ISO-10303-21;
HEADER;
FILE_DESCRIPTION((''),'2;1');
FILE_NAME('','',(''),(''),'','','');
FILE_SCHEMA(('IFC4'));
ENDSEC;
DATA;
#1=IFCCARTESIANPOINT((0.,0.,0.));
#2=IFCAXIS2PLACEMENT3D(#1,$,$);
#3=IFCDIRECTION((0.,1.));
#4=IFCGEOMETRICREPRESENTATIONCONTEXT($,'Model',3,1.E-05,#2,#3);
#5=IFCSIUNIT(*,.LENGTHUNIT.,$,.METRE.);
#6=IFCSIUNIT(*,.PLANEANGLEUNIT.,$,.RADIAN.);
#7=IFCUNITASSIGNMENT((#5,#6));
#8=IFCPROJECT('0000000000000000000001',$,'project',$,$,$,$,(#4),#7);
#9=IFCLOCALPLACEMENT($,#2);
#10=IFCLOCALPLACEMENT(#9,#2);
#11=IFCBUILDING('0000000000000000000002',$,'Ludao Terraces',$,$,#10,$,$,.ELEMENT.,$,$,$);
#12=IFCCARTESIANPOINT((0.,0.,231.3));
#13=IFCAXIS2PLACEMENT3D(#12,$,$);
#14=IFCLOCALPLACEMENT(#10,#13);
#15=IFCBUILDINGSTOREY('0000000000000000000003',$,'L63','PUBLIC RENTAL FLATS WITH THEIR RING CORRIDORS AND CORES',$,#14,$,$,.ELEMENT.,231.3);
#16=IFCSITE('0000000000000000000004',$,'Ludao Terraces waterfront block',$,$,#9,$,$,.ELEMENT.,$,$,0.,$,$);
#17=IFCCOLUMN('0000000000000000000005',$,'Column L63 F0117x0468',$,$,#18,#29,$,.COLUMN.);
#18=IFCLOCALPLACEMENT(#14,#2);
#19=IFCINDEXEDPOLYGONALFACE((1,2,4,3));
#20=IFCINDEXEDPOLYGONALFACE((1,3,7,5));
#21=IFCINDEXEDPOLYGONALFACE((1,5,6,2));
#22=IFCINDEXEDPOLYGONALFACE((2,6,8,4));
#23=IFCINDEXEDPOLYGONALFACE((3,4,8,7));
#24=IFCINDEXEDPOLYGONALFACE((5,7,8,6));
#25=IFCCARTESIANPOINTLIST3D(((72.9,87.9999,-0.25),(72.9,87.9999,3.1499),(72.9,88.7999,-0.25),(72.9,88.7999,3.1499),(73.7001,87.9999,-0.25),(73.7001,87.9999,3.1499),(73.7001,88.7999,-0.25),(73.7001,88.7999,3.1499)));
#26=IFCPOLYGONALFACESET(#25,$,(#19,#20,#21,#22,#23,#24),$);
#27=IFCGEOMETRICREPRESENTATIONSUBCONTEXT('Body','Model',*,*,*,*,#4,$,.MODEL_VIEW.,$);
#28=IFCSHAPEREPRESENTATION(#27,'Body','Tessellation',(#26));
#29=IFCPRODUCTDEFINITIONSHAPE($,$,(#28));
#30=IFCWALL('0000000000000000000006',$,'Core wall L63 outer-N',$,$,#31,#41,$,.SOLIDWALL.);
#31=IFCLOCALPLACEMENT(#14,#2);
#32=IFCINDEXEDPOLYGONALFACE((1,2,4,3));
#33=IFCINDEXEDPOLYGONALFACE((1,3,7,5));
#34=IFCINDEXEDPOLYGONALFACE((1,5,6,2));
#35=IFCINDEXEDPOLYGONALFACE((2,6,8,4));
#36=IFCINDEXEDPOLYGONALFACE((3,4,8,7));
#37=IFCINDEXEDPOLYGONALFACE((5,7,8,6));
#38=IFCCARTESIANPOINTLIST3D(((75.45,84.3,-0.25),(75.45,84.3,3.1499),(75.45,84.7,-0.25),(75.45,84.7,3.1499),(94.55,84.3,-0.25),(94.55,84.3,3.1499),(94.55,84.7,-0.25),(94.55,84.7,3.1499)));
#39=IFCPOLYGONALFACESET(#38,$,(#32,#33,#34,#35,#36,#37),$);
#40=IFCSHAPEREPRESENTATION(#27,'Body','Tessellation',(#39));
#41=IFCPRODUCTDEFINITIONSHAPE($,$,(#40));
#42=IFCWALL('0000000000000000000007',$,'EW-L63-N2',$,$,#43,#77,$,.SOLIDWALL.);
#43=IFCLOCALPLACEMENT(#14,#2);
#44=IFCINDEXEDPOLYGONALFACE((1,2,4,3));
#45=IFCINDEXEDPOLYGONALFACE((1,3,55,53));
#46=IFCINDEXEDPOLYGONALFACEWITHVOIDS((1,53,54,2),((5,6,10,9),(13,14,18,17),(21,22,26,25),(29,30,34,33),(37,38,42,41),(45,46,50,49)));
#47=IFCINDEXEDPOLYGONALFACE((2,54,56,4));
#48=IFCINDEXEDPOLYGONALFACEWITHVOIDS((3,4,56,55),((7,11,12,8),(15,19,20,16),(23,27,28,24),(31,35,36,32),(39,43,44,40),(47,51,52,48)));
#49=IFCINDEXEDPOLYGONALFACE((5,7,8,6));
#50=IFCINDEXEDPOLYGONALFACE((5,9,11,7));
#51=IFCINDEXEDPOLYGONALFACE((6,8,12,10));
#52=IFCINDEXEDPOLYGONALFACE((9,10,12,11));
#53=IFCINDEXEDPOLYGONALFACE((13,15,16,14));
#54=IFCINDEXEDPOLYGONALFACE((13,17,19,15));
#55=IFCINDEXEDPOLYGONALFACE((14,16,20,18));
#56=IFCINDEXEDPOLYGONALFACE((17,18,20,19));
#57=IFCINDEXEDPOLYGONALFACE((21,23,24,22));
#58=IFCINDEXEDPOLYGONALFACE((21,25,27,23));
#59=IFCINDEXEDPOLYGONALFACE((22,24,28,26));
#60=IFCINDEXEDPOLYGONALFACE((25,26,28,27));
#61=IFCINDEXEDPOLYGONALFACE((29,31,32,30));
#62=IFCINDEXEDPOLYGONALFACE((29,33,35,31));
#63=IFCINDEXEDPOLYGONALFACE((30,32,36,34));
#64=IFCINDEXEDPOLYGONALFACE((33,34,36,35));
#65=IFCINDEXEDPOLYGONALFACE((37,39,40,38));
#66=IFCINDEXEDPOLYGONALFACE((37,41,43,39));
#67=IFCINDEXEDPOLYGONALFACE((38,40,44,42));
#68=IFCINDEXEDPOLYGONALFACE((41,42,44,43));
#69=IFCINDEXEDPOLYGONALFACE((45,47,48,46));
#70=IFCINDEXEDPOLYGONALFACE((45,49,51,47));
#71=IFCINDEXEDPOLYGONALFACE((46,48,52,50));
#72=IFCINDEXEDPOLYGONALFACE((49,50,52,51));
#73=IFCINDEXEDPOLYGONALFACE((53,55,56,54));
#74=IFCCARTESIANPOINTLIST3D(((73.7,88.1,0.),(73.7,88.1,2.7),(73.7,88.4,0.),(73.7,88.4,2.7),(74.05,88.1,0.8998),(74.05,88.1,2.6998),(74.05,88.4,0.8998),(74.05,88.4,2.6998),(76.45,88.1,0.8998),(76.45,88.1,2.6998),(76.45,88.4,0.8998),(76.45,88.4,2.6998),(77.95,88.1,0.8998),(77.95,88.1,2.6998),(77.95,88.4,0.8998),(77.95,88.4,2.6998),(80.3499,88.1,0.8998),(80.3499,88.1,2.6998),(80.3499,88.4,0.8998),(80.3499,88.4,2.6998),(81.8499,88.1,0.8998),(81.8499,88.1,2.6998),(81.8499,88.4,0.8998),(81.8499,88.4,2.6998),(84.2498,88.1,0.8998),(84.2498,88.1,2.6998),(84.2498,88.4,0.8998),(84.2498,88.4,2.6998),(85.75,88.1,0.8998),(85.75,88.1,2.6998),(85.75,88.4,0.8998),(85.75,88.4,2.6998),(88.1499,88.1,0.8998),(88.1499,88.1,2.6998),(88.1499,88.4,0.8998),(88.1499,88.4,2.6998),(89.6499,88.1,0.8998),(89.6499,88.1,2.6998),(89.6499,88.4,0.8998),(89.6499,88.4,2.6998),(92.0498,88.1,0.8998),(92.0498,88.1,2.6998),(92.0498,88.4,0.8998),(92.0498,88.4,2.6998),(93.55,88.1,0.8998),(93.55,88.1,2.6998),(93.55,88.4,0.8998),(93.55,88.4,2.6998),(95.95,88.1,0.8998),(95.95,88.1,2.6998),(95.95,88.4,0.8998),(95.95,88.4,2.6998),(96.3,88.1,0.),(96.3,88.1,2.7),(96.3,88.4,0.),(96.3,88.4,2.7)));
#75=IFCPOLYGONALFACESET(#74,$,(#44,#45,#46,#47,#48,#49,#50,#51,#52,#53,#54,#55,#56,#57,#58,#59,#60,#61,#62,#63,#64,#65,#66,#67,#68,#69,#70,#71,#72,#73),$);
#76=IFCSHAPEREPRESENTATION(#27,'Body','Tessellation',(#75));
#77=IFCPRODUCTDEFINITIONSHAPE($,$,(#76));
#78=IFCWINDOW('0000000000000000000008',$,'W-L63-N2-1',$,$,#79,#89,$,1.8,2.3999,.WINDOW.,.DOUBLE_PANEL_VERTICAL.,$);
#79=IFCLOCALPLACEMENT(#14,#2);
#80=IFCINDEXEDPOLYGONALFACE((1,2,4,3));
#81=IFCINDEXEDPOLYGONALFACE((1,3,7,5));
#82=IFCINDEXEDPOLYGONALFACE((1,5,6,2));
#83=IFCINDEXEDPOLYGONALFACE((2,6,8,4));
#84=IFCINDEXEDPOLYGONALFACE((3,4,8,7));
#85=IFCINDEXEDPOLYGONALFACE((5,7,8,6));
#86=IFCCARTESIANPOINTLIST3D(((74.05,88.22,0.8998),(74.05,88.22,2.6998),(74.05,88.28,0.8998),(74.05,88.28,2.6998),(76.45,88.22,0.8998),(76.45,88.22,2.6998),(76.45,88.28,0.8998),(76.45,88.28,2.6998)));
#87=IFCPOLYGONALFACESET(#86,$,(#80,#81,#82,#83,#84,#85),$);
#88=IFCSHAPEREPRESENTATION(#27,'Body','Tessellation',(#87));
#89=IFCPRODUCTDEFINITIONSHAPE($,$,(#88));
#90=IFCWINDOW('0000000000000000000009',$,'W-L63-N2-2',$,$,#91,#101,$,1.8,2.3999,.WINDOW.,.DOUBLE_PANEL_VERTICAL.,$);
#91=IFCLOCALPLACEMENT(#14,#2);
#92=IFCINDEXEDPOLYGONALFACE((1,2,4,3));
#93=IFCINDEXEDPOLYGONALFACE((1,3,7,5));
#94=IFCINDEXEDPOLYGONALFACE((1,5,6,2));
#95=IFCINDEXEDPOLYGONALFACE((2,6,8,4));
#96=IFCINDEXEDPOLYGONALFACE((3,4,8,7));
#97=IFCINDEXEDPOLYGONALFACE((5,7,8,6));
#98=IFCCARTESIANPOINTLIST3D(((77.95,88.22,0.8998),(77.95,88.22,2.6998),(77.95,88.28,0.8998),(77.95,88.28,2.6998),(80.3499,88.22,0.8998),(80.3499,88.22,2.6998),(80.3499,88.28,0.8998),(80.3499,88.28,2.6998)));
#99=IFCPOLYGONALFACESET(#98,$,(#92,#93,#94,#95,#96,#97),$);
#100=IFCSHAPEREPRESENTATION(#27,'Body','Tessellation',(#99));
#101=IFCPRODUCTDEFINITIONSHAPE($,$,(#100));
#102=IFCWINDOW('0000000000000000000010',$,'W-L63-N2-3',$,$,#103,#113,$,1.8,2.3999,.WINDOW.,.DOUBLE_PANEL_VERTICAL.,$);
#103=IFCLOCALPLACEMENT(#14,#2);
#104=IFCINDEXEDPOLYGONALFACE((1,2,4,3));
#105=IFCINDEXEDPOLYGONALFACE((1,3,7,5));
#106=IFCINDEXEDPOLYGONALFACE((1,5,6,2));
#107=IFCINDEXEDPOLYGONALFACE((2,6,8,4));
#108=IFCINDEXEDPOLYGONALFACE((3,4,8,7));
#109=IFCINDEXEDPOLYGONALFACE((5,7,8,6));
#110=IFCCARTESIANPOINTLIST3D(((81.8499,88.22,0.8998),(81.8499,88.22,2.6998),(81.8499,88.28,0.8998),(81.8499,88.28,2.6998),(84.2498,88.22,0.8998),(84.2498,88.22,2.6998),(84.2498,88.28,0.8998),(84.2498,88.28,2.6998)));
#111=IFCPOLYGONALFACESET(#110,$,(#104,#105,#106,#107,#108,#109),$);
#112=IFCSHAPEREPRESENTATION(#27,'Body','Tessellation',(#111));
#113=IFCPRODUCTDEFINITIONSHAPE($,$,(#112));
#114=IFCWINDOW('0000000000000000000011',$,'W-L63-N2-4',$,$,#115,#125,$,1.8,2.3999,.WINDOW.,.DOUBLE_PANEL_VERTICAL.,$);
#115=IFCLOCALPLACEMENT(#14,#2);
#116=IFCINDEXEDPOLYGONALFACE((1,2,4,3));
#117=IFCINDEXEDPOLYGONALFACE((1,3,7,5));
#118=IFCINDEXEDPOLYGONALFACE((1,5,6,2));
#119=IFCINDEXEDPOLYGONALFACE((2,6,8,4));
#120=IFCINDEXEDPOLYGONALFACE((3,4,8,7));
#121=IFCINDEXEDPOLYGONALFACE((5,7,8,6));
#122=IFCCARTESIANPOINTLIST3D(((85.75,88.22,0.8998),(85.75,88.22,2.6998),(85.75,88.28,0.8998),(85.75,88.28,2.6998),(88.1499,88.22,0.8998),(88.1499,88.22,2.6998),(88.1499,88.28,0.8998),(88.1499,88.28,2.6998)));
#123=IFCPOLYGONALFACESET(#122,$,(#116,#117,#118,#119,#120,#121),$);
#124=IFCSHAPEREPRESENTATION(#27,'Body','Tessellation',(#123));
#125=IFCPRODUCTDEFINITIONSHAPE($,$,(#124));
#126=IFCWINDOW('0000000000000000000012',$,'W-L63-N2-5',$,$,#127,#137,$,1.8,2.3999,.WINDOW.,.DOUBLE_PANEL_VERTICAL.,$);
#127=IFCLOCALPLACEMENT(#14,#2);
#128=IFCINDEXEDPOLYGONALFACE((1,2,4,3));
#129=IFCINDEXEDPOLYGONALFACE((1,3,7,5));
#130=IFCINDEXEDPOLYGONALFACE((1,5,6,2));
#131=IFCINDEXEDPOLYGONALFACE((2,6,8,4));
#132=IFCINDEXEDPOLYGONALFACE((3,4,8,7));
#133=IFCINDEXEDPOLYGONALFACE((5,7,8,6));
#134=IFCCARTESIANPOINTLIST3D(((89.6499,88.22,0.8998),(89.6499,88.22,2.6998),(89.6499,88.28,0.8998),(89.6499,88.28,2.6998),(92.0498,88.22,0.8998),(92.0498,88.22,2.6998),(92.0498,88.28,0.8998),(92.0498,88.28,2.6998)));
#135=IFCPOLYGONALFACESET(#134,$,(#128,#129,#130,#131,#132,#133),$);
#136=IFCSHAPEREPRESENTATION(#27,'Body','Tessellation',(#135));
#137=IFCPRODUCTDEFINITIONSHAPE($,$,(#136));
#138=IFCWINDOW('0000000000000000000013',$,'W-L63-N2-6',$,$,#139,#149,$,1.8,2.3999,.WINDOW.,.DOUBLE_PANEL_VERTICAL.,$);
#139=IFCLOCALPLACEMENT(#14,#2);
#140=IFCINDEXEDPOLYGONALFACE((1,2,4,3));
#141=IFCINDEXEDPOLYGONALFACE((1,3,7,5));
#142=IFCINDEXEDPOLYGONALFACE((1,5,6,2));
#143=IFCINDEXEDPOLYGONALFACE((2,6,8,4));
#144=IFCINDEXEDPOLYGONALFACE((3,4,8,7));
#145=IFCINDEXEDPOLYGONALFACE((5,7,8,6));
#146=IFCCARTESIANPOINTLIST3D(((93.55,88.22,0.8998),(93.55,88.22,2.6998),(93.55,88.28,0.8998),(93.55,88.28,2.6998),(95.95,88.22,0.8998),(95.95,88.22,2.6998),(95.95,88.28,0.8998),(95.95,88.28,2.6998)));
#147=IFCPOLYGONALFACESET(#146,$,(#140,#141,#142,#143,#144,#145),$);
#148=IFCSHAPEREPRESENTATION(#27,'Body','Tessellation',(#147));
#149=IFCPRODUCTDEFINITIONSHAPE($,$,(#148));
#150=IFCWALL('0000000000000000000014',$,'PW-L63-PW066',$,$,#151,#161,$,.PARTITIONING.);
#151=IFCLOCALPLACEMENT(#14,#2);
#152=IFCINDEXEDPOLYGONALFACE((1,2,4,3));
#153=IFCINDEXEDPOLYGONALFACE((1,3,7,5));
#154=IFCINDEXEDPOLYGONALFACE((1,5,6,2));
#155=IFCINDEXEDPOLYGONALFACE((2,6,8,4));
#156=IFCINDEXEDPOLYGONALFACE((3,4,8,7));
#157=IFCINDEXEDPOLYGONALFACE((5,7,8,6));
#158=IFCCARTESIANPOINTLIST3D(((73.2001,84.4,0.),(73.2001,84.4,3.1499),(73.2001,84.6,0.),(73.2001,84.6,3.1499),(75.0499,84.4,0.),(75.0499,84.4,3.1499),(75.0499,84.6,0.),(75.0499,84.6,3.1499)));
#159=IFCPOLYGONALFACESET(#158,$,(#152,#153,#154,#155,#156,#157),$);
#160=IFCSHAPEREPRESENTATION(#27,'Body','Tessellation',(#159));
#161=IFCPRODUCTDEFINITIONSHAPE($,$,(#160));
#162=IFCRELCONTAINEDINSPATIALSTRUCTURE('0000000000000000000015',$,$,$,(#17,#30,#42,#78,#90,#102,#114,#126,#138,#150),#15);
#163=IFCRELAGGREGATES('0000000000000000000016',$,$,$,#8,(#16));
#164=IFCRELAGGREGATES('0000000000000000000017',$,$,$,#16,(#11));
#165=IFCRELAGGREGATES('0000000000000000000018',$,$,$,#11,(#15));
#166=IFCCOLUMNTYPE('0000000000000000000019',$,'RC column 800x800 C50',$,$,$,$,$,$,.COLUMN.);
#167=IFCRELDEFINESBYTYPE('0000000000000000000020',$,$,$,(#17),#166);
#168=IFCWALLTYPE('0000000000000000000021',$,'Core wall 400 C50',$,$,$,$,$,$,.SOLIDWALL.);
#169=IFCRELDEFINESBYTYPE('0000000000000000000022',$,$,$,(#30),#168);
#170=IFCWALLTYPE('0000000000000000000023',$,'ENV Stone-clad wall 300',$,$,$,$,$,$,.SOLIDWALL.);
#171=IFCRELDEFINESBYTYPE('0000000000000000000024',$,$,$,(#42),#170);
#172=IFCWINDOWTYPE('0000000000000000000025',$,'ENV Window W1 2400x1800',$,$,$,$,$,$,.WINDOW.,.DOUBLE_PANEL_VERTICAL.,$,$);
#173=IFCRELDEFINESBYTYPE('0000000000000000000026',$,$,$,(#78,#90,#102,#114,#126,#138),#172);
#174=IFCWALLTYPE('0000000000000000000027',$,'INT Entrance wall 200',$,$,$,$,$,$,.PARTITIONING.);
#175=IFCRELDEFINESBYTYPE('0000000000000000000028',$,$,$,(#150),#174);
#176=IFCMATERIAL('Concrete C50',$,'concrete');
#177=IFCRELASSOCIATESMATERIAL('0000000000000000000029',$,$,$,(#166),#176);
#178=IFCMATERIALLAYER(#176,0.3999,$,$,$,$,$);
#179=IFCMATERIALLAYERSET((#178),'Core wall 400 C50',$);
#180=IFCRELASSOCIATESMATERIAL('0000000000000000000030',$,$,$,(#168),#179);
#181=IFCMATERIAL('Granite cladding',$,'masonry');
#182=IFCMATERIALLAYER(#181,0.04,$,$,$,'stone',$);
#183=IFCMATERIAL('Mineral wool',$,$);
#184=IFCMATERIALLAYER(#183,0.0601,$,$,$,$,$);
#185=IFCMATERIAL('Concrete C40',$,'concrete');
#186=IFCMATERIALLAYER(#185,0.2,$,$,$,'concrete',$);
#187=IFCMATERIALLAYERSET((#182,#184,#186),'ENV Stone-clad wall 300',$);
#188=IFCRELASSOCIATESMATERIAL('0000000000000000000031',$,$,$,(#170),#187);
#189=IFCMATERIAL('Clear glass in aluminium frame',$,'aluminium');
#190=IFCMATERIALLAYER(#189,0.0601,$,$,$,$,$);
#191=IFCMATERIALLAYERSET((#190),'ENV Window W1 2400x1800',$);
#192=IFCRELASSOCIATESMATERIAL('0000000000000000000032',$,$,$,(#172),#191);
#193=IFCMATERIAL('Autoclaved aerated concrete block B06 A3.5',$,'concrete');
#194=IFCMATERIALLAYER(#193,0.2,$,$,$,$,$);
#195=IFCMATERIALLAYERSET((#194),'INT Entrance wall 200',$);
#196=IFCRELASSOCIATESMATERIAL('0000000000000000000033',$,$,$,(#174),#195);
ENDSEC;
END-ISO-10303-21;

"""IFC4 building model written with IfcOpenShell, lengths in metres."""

from ifc_helpers import new_model, si_unit, direction, frame, frame_2d, origin, origin_2d, place, context, subcontext, project, spatial, rectangle, extrude, material, layer, layer_set, material_profile, profile_set, type_object, element, fill, save


model = new_model("IFC4")

# Units and contexts
model_context = context("Model", 3, precision=1e-05, world=origin(), true_north=direction((0.0, 1.0)))
body_context = subcontext(model_context, "Body", "Model", "MODEL_VIEW")
ifc_project = project(units=[si_unit("LENGTHUNIT", "METRE"), si_unit("PLANEANGLEUNIT", "RADIAN")], contexts=[model_context])

# Site, building, storey
site_placement = place(None, origin())
site = spatial("IfcSite", under=ifc_project, at=site_placement, Name="Ludao Terraces waterfront block", CompositionType="ELEMENT", RefElevation=0.0)
building_placement = place(site_placement, origin())
building = spatial("IfcBuilding", under=site, at=building_placement, Name="Ludao Terraces", CompositionType="ELEMENT")
storey_placement = place(building_placement, frame((0.0, 0.0, 231.3)))
storey = spatial("IfcBuildingStorey", under=building, at=storey_placement, Name="L63", Description="PUBLIC RENTAL FLATS WITH THEIR RING CORRIDORS AND CORES", CompositionType="ELEMENT", Elevation=231.3)

# Column
ifc_material_1 = material(Name="Concrete C50", Category="concrete")
ifc_material_profile = material_profile(ifc_material_1, rectangle(XDim=0.8, YDim=0.8, at=origin_2d()), Name="800 X 800")
ifc_profile_set = profile_set([ifc_material_profile], Name="Concrete C50")
column_type = type_object("IfcColumnType", Name="RC column 800x800 C50", PredefinedType="COLUMN", material=ifc_profile_set)
column_placement = place(storey_placement, frame((73.3, 88.3999, -0.25), z_axis=(0.0, 0.0, 1.0), x_axis=(1.0, 0.0, 0.0)))
element("IfcColumn", 1, at=column_placement, inside=storey, type_object=column_type, Name="Column L63 F0117x0468", PredefinedType="COLUMN", context=body_context, shape_type="SweptSolid", body=[
    extrude(rectangle(XDim=0.8, YDim=0.8, at=origin_2d()), origin(), (0.0, 0.0, 1.0), 3.3999),
])

# Wall
ifc_layer_1 = layer(ifc_material_1, 0.3999)
ifc_layer_set_1 = layer_set([ifc_layer_1], Name="Core wall 400 C50")
wall_type_1 = type_object("IfcWallType", Name="Core wall 400 C50", PredefinedType="SOLIDWALL", material=ifc_layer_set_1)
wall_1_placement = place(storey_placement, frame((75.45, 84.5, -0.25), z_axis=(0.0, 0.0, 1.0), x_axis=(1.0, 0.0, 0.0)))
element("IfcWall", 2, at=wall_1_placement, inside=storey, type_object=wall_type_1, Name="Core wall L63 outer-N", PredefinedType="SOLIDWALL", context=body_context, shape_type="SweptSolid", body=[
    extrude(rectangle(XDim=19.1001, YDim=0.3999, at=frame_2d((9.55, 0.0))), origin(), (0.0, 0.0, 1.0), 3.3999),
])

# Wall, openings, windows
ifc_material_2 = material(Name="Granite cladding", Category="masonry")
ifc_layer_2 = layer(ifc_material_2, 0.04, Category="stone")
ifc_material_3 = material(Name="Mineral wool")
ifc_layer_3 = layer(ifc_material_3, 0.0601)
ifc_material_4 = material(Name="Concrete C40", Category="concrete")
ifc_layer_4 = layer(ifc_material_4, 0.2, Category="concrete")
ifc_layer_set_2 = layer_set([ifc_layer_2, ifc_layer_3, ifc_layer_4], Name="ENV Stone-clad wall 300")
wall_type_2 = type_object("IfcWallType", Name="ENV Stone-clad wall 300", PredefinedType="SOLIDWALL", material=ifc_layer_set_2)
wall_2_placement = place(storey_placement, frame((73.7, 88.25, 0.0), z_axis=(0.0, 0.0, 1.0), x_axis=(1.0, 0.0, 0.0)))
wall_2 = element("IfcWall", 3, at=wall_2_placement, inside=storey, type_object=wall_type_2, Name="EW-L63-N2", PredefinedType="SOLIDWALL", context=body_context, shape_type="SweptSolid", body=[
    extrude(rectangle(XDim=22.6001, YDim=0.3, at=frame_2d((11.3, 0.0))), origin(), (0.0, 0.0, 1.0), 2.7),
])
opening_1_placement = place(wall_2_placement, frame((0.3501, 0.0, 0.8999)))
opening_1 = element("IfcOpeningElement", 4, at=opening_1_placement, cuts=wall_2, PredefinedType="OPENING", context=body_context, shape_type="SweptSolid", body=[
    extrude(rectangle(XDim=2.3999, YDim=1.8, at=frame_2d((1.2, 0.8999))), frame((0.0, 0.1602, 0.0), z_axis=(0.0, -1.0, 0.0), x_axis=(1.0, 0.0, 0.0)), (0.0, 0.0, 1.0), 0.3201),
])
opening_2_placement = place(wall_2_placement, frame((4.25, 0.0, 0.8999)))
opening_2 = element("IfcOpeningElement", 5, at=opening_2_placement, cuts=wall_2, PredefinedType="OPENING", context=body_context, shape_type="SweptSolid", body=[
    extrude(rectangle(XDim=2.3999, YDim=1.8, at=frame_2d((1.2, 0.8999))), frame((0.0, 0.1602, 0.0), z_axis=(0.0, -1.0, 0.0), x_axis=(1.0, 0.0, 0.0)), (0.0, 0.0, 1.0), 0.3201),
])
opening_3_placement = place(wall_2_placement, frame((8.1499, 0.0, 0.8999)))
opening_3 = element("IfcOpeningElement", 6, at=opening_3_placement, cuts=wall_2, PredefinedType="OPENING", context=body_context, shape_type="SweptSolid", body=[
    extrude(rectangle(XDim=2.3999, YDim=1.8, at=frame_2d((1.2, 0.8999))), frame((0.0, 0.1602, 0.0), z_axis=(0.0, -1.0, 0.0), x_axis=(1.0, 0.0, 0.0)), (0.0, 0.0, 1.0), 0.3201),
])
opening_4_placement = place(wall_2_placement, frame((12.05, 0.0, 0.8999)))
opening_4 = element("IfcOpeningElement", 7, at=opening_4_placement, cuts=wall_2, PredefinedType="OPENING", context=body_context, shape_type="SweptSolid", body=[
    extrude(rectangle(XDim=2.3999, YDim=1.8, at=frame_2d((1.2, 0.8999))), frame((0.0, 0.1602, 0.0), z_axis=(0.0, -1.0, 0.0), x_axis=(1.0, 0.0, 0.0)), (0.0, 0.0, 1.0), 0.3201),
])
opening_5_placement = place(wall_2_placement, frame((15.95, 0.0, 0.8999)))
opening_5 = element("IfcOpeningElement", 8, at=opening_5_placement, cuts=wall_2, PredefinedType="OPENING", context=body_context, shape_type="SweptSolid", body=[
    extrude(rectangle(XDim=2.3999, YDim=1.8, at=frame_2d((1.2, 0.8999))), frame((0.0, 0.1602, 0.0), z_axis=(0.0, -1.0, 0.0), x_axis=(1.0, 0.0, 0.0)), (0.0, 0.0, 1.0), 0.3201),
])
opening_6_placement = place(wall_2_placement, frame((19.8501, 0.0, 0.8999)))
opening_6 = element("IfcOpeningElement", 9, at=opening_6_placement, cuts=wall_2, PredefinedType="OPENING", context=body_context, shape_type="SweptSolid", body=[
    extrude(rectangle(XDim=2.3999, YDim=1.8, at=frame_2d((1.2, 0.8999))), frame((0.0, 0.1602, 0.0), z_axis=(0.0, -1.0, 0.0), x_axis=(1.0, 0.0, 0.0)), (0.0, 0.0, 1.0), 0.3201),
])
ifc_material_5 = material(Name="Clear glass in aluminium frame", Category="aluminium")
ifc_layer_5 = layer(ifc_material_5, 0.0601)
ifc_layer_set_3 = layer_set([ifc_layer_5], Name="ENV Window W1 2400x1800")
window_type = type_object("IfcWindowType", Name="ENV Window W1 2400x1800", PartitioningType="DOUBLE_PANEL_VERTICAL", PredefinedType="WINDOW", material=ifc_layer_set_3)
window_1_placement = place(opening_1_placement, origin())
window_1 = element("IfcWindow", 10, at=window_1_placement, inside=storey, type_object=window_type, Name="W-L63-N2-1", OverallHeight=1.8, OverallWidth=2.3999, PartitioningType="DOUBLE_PANEL_VERTICAL", PredefinedType="WINDOW", context=body_context, shape_type="SweptSolid", body=[
    extrude(rectangle(XDim=2.3999, YDim=1.8, at=frame_2d((1.2, 0.8999))), frame((0.0, 0.03, 0.0), z_axis=(0.0, -1.0, 0.0), x_axis=(1.0, 0.0, 0.0)), (0.0, 0.0, 1.0), 0.0601),
])
fill(opening_1, window_1)
window_2_placement = place(opening_2_placement, origin())
window_2 = element("IfcWindow", 11, at=window_2_placement, inside=storey, type_object=window_type, Name="W-L63-N2-2", OverallHeight=1.8, OverallWidth=2.3999, PartitioningType="DOUBLE_PANEL_VERTICAL", PredefinedType="WINDOW", context=body_context, shape_type="SweptSolid", body=[
    extrude(rectangle(XDim=2.3999, YDim=1.8, at=frame_2d((1.2, 0.8999))), frame((0.0, 0.03, 0.0), z_axis=(0.0, -1.0, 0.0), x_axis=(1.0, 0.0, 0.0)), (0.0, 0.0, 1.0), 0.0601),
])
fill(opening_2, window_2)
window_3_placement = place(opening_3_placement, origin())
window_3 = element("IfcWindow", 12, at=window_3_placement, inside=storey, type_object=window_type, Name="W-L63-N2-3", OverallHeight=1.8, OverallWidth=2.3999, PartitioningType="DOUBLE_PANEL_VERTICAL", PredefinedType="WINDOW", context=body_context, shape_type="SweptSolid", body=[
    extrude(rectangle(XDim=2.3999, YDim=1.8, at=frame_2d((1.2, 0.8999))), frame((0.0, 0.03, 0.0), z_axis=(0.0, -1.0, 0.0), x_axis=(1.0, 0.0, 0.0)), (0.0, 0.0, 1.0), 0.0601),
])
fill(opening_3, window_3)
window_4_placement = place(opening_4_placement, origin())
window_4 = element("IfcWindow", 13, at=window_4_placement, inside=storey, type_object=window_type, Name="W-L63-N2-4", OverallHeight=1.8, OverallWidth=2.3999, PartitioningType="DOUBLE_PANEL_VERTICAL", PredefinedType="WINDOW", context=body_context, shape_type="SweptSolid", body=[
    extrude(rectangle(XDim=2.3999, YDim=1.8, at=frame_2d((1.2, 0.8999))), frame((0.0, 0.03, 0.0), z_axis=(0.0, -1.0, 0.0), x_axis=(1.0, 0.0, 0.0)), (0.0, 0.0, 1.0), 0.0601),
])
fill(opening_4, window_4)
window_5_placement = place(opening_5_placement, origin())
window_5 = element("IfcWindow", 14, at=window_5_placement, inside=storey, type_object=window_type, Name="W-L63-N2-5", OverallHeight=1.8, OverallWidth=2.3999, PartitioningType="DOUBLE_PANEL_VERTICAL", PredefinedType="WINDOW", context=body_context, shape_type="SweptSolid", body=[
    extrude(rectangle(XDim=2.3999, YDim=1.8, at=frame_2d((1.2, 0.8999))), frame((0.0, 0.03, 0.0), z_axis=(0.0, -1.0, 0.0), x_axis=(1.0, 0.0, 0.0)), (0.0, 0.0, 1.0), 0.0601),
])
fill(opening_5, window_5)
window_6_placement = place(opening_6_placement, origin())
window_6 = element("IfcWindow", 15, at=window_6_placement, inside=storey, type_object=window_type, Name="W-L63-N2-6", OverallHeight=1.8, OverallWidth=2.3999, PartitioningType="DOUBLE_PANEL_VERTICAL", PredefinedType="WINDOW", context=body_context, shape_type="SweptSolid", body=[
    extrude(rectangle(XDim=2.3999, YDim=1.8, at=frame_2d((1.2, 0.8999))), frame((0.0, 0.03, 0.0), z_axis=(0.0, -1.0, 0.0), x_axis=(1.0, 0.0, 0.0)), (0.0, 0.0, 1.0), 0.0601),
])
fill(opening_6, window_6)

# Wall
ifc_material_6 = material(Name="Autoclaved aerated concrete block B06 A3.5", Category="concrete")
ifc_layer_6 = layer(ifc_material_6, 0.2)
ifc_layer_set_4 = layer_set([ifc_layer_6], Name="INT Entrance wall 200")
wall_type_3 = type_object("IfcWallType", Name="INT Entrance wall 200", PredefinedType="PARTITIONING", material=ifc_layer_set_4)
wall_3_placement = place(storey_placement, frame((73.2002, 84.5, 0.0), z_axis=(0.0, 0.0, 1.0), x_axis=(1.0, 0.0, 0.0)))
element("IfcWall", 16, at=wall_3_placement, inside=storey, type_object=wall_type_3, Name="PW-L63-PW066", PredefinedType="PARTITIONING", context=body_context, shape_type="SweptSolid", body=[
    extrude(rectangle(XDim=1.8499, YDim=0.2, at=frame_2d((0.9248, 0.0))), origin(), (0.0, 0.0, 1.0), 3.1499),
])

save(model, "model.ifc")
